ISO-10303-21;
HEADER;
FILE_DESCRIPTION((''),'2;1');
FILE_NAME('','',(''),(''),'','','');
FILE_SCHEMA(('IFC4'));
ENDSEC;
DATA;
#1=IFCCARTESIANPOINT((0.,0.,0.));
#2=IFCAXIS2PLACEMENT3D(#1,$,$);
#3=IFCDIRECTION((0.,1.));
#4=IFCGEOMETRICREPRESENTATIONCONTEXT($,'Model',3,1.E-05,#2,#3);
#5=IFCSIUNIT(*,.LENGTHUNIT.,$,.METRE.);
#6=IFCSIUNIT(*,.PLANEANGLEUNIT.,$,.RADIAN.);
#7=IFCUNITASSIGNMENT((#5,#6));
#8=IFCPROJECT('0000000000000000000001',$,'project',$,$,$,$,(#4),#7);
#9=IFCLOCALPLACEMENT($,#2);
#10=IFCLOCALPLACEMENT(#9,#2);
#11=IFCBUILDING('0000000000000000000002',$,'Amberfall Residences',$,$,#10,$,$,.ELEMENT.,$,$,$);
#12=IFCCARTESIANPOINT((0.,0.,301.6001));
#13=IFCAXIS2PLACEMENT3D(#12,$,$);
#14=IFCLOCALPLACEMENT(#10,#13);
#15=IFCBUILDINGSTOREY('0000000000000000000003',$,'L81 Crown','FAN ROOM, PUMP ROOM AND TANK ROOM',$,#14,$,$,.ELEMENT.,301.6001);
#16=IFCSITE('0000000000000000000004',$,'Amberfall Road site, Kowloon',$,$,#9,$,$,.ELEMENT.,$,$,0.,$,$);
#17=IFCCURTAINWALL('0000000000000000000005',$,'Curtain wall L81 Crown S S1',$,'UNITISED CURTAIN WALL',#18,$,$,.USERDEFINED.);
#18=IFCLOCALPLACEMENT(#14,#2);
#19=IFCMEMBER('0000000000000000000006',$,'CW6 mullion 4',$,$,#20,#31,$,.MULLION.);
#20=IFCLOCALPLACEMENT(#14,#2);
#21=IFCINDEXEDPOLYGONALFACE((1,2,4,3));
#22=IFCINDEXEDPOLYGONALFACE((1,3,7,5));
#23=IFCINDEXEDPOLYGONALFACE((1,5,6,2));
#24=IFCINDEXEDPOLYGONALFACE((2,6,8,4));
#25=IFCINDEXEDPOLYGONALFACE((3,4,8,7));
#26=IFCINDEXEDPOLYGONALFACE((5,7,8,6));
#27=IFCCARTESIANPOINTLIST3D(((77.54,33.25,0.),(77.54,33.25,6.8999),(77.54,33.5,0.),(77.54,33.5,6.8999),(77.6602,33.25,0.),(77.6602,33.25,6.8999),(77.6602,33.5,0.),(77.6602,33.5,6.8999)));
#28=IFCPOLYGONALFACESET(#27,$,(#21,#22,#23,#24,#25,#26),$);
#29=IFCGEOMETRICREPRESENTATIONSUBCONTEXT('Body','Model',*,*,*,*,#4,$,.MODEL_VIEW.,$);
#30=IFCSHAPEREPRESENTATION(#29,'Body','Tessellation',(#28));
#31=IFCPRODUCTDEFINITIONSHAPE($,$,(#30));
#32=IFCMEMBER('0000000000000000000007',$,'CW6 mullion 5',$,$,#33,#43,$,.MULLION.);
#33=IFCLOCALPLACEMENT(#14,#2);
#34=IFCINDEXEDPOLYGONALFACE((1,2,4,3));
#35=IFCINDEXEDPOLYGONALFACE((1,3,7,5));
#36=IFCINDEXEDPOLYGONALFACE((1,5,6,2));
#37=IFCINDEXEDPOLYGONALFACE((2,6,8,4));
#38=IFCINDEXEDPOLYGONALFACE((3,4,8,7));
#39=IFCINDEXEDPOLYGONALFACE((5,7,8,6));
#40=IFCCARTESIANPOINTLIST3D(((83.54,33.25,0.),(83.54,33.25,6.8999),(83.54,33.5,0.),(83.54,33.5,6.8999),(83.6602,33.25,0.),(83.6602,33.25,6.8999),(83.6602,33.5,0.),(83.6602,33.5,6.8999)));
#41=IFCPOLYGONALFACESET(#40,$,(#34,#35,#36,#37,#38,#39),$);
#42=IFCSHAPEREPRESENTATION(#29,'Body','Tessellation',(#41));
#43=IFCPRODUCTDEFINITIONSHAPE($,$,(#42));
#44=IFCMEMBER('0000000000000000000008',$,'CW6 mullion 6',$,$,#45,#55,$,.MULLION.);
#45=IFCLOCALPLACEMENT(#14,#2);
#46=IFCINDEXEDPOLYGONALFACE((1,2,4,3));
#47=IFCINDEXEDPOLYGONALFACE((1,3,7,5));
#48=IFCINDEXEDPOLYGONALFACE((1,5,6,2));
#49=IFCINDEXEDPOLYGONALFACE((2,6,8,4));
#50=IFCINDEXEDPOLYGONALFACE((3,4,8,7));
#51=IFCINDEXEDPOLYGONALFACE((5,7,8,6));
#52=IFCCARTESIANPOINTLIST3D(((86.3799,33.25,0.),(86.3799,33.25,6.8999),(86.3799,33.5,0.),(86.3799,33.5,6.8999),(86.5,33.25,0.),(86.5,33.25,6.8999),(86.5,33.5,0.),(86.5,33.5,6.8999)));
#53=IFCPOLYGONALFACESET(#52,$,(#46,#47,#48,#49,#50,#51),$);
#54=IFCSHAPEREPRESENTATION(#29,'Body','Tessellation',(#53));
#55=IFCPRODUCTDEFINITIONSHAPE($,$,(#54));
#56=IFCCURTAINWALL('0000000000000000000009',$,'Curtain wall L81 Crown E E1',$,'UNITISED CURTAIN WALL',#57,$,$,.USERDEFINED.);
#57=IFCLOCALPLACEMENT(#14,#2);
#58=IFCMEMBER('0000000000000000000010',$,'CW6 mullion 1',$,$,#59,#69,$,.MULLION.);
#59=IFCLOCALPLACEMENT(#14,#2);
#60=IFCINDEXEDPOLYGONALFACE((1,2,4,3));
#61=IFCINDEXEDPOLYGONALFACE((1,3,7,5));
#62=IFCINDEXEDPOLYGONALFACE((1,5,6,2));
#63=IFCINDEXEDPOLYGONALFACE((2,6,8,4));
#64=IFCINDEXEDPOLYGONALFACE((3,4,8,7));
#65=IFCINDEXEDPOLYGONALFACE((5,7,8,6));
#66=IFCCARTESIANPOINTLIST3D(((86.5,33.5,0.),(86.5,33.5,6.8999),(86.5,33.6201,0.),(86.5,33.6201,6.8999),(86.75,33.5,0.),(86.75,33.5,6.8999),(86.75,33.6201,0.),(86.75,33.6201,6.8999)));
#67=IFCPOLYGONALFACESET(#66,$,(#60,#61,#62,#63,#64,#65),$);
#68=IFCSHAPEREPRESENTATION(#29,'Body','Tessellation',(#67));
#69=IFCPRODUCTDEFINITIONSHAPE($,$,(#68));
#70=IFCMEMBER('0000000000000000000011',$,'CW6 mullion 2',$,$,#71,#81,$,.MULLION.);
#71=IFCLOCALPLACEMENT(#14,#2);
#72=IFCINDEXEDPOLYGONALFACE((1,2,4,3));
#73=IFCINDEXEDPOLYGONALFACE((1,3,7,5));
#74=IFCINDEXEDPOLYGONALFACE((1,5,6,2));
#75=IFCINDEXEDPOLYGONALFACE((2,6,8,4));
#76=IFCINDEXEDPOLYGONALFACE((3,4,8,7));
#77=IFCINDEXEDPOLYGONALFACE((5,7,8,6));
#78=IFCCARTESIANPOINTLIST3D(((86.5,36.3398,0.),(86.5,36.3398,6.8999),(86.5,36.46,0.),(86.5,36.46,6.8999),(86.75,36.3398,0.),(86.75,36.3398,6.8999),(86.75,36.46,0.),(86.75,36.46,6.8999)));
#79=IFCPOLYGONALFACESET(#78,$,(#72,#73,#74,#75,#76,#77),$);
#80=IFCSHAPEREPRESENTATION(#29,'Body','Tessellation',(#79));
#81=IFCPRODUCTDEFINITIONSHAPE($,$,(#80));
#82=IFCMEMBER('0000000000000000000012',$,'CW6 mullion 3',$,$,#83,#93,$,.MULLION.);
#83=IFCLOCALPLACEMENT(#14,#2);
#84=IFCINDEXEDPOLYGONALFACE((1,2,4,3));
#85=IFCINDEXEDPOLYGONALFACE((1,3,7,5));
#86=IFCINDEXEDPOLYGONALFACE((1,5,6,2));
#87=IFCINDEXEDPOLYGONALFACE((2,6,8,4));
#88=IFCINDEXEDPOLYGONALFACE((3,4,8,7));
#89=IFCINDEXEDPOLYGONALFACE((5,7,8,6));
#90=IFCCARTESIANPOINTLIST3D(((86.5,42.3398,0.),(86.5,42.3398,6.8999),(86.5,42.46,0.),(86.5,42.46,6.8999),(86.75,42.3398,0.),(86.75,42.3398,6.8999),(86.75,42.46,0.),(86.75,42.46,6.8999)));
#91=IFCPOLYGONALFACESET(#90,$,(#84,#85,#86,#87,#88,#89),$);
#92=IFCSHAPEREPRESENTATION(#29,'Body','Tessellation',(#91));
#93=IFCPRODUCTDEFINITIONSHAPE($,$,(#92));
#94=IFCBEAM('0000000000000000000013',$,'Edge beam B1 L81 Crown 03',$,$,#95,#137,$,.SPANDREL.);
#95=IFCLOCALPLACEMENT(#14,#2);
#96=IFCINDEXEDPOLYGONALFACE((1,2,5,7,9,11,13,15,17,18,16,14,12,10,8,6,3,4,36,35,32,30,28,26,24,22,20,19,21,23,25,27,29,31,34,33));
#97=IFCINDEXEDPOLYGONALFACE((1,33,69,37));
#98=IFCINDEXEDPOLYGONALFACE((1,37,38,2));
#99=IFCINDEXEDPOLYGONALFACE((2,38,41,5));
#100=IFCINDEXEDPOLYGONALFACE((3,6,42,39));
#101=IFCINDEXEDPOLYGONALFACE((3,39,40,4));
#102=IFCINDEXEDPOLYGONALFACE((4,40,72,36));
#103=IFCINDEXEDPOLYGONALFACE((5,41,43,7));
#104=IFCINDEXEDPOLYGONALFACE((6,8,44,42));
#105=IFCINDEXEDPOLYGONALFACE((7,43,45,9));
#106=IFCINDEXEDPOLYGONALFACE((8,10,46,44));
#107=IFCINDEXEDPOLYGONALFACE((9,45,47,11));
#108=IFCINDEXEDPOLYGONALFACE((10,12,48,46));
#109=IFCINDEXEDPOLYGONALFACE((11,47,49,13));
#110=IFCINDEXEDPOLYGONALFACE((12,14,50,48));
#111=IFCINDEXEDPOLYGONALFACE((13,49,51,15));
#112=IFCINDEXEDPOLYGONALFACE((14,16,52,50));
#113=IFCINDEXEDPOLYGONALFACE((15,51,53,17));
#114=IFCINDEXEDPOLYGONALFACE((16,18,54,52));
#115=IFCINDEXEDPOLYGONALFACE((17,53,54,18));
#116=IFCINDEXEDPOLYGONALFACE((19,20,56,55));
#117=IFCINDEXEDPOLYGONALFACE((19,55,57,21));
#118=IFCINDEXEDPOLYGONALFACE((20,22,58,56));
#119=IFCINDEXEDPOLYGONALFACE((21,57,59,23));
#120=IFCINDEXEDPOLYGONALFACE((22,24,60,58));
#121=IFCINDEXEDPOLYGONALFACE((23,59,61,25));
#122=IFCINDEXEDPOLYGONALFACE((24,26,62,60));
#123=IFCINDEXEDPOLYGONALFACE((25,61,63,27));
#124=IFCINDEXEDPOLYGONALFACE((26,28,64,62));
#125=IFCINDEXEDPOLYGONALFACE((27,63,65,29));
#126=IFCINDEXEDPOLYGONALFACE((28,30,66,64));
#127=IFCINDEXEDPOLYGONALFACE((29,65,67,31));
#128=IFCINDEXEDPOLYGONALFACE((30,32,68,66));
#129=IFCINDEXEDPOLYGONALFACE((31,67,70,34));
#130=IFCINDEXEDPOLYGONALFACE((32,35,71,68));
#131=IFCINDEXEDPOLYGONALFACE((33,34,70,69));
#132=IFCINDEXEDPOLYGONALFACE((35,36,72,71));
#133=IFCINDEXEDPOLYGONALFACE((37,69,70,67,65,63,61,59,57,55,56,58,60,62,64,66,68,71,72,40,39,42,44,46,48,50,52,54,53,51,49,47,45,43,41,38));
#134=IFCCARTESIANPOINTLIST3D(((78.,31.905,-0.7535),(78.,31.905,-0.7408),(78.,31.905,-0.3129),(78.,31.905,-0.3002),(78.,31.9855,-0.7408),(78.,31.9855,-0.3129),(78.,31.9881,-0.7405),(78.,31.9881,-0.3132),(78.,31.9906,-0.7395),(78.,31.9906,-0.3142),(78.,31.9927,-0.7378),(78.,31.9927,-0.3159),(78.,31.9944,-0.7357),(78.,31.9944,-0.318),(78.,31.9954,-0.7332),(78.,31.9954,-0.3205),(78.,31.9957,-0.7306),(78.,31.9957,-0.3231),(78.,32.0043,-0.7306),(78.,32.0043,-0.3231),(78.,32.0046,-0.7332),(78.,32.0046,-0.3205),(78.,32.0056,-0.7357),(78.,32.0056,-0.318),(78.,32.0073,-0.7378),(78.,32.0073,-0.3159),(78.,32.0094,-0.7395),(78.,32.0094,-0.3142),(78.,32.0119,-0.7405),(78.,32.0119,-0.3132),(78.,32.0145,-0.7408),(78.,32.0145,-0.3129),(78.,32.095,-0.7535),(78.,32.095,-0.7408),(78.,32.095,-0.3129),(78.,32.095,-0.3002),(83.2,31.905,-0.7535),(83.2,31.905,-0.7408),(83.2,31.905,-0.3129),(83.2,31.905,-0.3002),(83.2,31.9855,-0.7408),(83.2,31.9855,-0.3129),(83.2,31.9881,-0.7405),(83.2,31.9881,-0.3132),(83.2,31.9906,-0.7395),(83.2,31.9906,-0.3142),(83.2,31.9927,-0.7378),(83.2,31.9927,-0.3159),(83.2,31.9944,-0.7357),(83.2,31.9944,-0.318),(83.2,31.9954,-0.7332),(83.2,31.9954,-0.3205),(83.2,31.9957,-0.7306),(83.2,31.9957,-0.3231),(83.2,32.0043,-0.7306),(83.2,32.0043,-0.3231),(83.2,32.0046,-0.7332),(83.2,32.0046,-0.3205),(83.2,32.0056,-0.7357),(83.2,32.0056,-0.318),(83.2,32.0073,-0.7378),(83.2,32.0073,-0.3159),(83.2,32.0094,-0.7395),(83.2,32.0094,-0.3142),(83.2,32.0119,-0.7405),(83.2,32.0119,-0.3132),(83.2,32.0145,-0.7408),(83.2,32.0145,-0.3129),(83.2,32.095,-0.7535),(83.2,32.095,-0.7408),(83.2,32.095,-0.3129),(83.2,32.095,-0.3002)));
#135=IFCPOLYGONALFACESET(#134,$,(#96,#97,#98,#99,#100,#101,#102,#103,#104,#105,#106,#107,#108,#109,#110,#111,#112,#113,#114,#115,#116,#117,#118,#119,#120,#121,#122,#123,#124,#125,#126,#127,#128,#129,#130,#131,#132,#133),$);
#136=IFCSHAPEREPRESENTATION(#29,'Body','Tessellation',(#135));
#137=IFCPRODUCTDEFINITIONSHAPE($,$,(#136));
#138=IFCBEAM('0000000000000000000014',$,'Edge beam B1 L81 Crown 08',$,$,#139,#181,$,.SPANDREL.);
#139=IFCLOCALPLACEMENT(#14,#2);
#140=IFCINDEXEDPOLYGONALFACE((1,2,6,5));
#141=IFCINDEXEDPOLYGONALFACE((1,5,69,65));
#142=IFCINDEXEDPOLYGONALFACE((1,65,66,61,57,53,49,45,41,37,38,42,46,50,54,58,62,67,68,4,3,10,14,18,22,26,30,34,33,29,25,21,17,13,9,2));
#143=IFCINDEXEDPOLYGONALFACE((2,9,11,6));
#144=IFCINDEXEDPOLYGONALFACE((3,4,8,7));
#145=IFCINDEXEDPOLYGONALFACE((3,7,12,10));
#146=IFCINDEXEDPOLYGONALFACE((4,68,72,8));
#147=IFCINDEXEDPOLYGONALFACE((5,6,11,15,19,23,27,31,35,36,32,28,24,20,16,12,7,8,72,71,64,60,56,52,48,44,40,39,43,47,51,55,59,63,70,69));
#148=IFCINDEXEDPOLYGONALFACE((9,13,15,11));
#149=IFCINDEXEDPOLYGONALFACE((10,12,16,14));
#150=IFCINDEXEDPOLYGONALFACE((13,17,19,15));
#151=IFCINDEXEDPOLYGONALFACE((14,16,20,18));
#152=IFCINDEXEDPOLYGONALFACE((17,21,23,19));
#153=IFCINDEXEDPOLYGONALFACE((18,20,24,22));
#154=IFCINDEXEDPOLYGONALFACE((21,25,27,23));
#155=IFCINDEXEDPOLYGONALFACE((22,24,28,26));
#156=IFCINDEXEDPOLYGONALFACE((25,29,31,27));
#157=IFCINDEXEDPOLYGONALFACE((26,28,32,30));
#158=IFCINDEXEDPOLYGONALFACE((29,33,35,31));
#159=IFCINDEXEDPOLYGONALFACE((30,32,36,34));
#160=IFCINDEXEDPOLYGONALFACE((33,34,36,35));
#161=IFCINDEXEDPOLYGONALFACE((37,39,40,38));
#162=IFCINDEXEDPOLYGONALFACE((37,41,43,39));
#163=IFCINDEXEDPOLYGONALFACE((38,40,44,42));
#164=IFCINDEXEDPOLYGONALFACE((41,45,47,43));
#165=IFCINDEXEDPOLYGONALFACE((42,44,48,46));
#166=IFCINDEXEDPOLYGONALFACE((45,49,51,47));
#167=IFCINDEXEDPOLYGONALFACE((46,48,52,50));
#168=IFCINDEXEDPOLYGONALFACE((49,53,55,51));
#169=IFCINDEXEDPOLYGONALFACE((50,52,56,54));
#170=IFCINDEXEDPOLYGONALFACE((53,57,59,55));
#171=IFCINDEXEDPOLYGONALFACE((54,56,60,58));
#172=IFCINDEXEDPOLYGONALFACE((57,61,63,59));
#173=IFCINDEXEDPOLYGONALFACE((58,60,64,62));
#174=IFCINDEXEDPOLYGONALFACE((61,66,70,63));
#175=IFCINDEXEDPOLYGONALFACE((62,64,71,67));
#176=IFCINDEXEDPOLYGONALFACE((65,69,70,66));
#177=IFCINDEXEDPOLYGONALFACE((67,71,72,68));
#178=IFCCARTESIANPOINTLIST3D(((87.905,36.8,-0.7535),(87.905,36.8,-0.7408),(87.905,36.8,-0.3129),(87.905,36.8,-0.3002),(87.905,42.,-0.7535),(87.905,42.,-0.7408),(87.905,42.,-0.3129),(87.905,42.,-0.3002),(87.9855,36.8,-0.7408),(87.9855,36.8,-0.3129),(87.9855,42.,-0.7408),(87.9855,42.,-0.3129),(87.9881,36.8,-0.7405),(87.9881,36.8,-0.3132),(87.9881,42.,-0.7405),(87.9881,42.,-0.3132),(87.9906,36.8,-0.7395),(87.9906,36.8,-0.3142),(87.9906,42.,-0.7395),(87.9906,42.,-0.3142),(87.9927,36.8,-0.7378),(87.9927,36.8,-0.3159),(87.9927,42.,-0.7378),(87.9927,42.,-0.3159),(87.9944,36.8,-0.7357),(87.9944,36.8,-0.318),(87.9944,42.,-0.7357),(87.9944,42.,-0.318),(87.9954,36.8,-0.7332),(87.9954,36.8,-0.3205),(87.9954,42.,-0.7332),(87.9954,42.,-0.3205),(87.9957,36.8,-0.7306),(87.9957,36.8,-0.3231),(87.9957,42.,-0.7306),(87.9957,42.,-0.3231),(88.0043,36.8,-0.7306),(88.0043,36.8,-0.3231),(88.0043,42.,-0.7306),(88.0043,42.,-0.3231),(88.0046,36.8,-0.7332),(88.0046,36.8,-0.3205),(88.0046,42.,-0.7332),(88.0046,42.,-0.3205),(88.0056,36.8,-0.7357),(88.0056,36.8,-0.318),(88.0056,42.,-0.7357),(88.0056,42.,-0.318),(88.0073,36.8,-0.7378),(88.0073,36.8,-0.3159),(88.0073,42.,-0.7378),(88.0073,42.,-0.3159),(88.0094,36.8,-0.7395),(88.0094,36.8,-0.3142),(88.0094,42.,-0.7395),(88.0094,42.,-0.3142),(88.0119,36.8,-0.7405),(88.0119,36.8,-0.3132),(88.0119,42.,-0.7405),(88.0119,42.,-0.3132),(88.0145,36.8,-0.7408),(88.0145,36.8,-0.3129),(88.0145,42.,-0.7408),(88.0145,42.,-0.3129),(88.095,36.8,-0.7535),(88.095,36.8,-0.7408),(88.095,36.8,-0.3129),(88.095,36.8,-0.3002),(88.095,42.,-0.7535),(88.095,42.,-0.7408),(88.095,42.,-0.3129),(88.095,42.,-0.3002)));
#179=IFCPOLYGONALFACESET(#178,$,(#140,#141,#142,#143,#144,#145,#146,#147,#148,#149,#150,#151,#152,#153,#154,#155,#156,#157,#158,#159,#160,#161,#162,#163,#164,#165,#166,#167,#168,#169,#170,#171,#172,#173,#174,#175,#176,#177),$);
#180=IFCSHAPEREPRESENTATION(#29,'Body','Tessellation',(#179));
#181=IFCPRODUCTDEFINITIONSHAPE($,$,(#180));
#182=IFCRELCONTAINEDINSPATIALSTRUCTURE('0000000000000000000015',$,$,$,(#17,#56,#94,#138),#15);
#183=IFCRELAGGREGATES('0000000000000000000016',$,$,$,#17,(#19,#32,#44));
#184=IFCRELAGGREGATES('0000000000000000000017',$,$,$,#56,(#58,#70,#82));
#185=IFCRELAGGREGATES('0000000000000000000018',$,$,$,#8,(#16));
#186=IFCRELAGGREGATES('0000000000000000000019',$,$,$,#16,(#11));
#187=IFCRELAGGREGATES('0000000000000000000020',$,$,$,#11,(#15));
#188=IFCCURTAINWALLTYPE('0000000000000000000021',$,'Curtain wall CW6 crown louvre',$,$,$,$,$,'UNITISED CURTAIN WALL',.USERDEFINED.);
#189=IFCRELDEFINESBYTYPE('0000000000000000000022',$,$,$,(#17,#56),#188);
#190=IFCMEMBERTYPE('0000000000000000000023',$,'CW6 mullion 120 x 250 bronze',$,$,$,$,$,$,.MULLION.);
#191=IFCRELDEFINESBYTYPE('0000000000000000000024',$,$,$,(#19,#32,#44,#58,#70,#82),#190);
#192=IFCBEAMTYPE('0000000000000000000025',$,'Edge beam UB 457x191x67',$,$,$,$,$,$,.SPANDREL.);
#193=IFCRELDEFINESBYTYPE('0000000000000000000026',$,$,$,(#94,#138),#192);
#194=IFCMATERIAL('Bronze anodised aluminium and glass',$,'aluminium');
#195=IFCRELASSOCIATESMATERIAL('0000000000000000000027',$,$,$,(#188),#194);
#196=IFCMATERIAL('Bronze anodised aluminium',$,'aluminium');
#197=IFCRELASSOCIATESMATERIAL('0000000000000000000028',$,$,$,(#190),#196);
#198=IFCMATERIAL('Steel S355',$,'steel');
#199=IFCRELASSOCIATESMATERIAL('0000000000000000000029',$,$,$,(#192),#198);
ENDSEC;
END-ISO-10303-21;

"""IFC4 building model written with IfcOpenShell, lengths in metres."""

from ifc_helpers import new_model, si_unit, direction, frame, origin, origin_2d, place, context, subcontext, project, spatial, rectangle, i_section, extrude, material, material_profile, profile_set, type_object, element, aggregate, save


model = new_model("IFC4")

# Units and contexts
model_context = context("Model", 3, precision=1e-05, world=origin(), true_north=direction((0.0, 1.0)))
body_context = subcontext(model_context, "Body", "Model", "MODEL_VIEW")
ifc_project = project(units=[si_unit("LENGTHUNIT", "METRE"), si_unit("PLANEANGLEUNIT", "RADIAN")], contexts=[model_context])

# Site, building, storey
site_placement = place(None, origin())
site = spatial("IfcSite", under=ifc_project, at=site_placement, Name="Amberfall Road site, Kowloon", CompositionType="ELEMENT", RefElevation=0.0)
building_placement = place(site_placement, origin())
building = spatial("IfcBuilding", under=site, at=building_placement, Name="Amberfall Residences", CompositionType="ELEMENT")
storey_placement = place(building_placement, frame((0.0, 0.0, 301.6001)))
storey = spatial("IfcBuildingStorey", under=building, at=storey_placement, Name="L81 Crown", Description="FAN ROOM, PUMP ROOM AND TANK ROOM", CompositionType="ELEMENT", Elevation=301.6001)

# Curtain walls, members
ifc_material_1 = material(Name="Bronze anodised aluminium and glass", Category="aluminium")
curtain_wall_type = type_object("IfcCurtainWallType", Name="Curtain wall CW6 crown louvre", ElementType="UNITISED CURTAIN WALL", PredefinedType="USERDEFINED", material=ifc_material_1)
curtain_wall_1_placement = place(storey_placement, origin())
curtain_wall_1 = element("IfcCurtainWall", 1, at=curtain_wall_1_placement, inside=storey, type_object=curtain_wall_type, Name="Curtain wall L81 Crown S S1", ObjectType="UNITISED CURTAIN WALL", PredefinedType="USERDEFINED")
ifc_material_2 = material(Name="Bronze anodised aluminium", Category="aluminium")
ifc_material_profile_1 = material_profile(ifc_material_2, rectangle(XDim=0.25, YDim=0.1201, at=origin_2d()), Name="CW6 mullion 120 x 250 bronze")
ifc_profile_set_1 = profile_set([ifc_material_profile_1], Name="Bronze anodised aluminium")
member_type = type_object("IfcMemberType", Name="CW6 mullion 120 x 250 bronze", PredefinedType="MULLION", material=ifc_profile_set_1)
member_1_placement = place(storey_placement, frame((77.6001, 33.375, 0.0), z_axis=(0.0, 0.0, 1.0), x_axis=(0.0, 1.0, 0.0)))
member_1 = element("IfcMember", 2, at=member_1_placement, type_object=member_type, Name="CW6 mullion 4", PredefinedType="MULLION", context=body_context, shape_type="SweptSolid", body=[
    extrude(rectangle(XDim=0.25, YDim=0.1201, at=origin_2d()), origin(), (0.0, 0.0, 1.0), 6.8999),
])
member_2_placement = place(storey_placement, frame((83.6001, 33.375, 0.0), z_axis=(0.0, 0.0, 1.0), x_axis=(0.0, 1.0, 0.0)))
member_2 = element("IfcMember", 3, at=member_2_placement, type_object=member_type, Name="CW6 mullion 5", PredefinedType="MULLION", context=body_context, shape_type="SweptSolid", body=[
    extrude(rectangle(XDim=0.25, YDim=0.1201, at=origin_2d()), origin(), (0.0, 0.0, 1.0), 6.8999),
])
member_3_placement = place(storey_placement, frame((86.4399, 33.375, 0.0), z_axis=(0.0, 0.0, 1.0), x_axis=(0.0, 1.0, 0.0)))
member_3 = element("IfcMember", 4, at=member_3_placement, type_object=member_type, Name="CW6 mullion 6", PredefinedType="MULLION", context=body_context, shape_type="SweptSolid", body=[
    extrude(rectangle(XDim=0.25, YDim=0.1201, at=origin_2d()), origin(), (0.0, 0.0, 1.0), 6.8999),
])
curtain_wall_2_placement = place(storey_placement, origin())
curtain_wall_2 = element("IfcCurtainWall", 5, at=curtain_wall_2_placement, inside=storey, type_object=curtain_wall_type, Name="Curtain wall L81 Crown E E1", ObjectType="UNITISED CURTAIN WALL", PredefinedType="USERDEFINED")
member_4_placement = place(storey_placement, frame((86.625, 33.5601, 0.0), z_axis=(0.0, 0.0, 1.0), x_axis=(-1.0, 0.0, 0.0)))
member_4 = element("IfcMember", 6, at=member_4_placement, type_object=member_type, Name="CW6 mullion 1", PredefinedType="MULLION", context=body_context, shape_type="SweptSolid", body=[
    extrude(rectangle(XDim=0.25, YDim=0.1201, at=origin_2d()), origin(), (0.0, 0.0, 1.0), 6.8999),
])
member_5_placement = place(storey_placement, frame((86.625, 36.3999, 0.0), z_axis=(0.0, 0.0, 1.0), x_axis=(-1.0, 0.0, 0.0)))
member_5 = element("IfcMember", 7, at=member_5_placement, type_object=member_type, Name="CW6 mullion 2", PredefinedType="MULLION", context=body_context, shape_type="SweptSolid", body=[
    extrude(rectangle(XDim=0.25, YDim=0.1201, at=origin_2d()), origin(), (0.0, 0.0, 1.0), 6.8999),
])
member_6_placement = place(storey_placement, frame((86.625, 42.3999, 0.0), z_axis=(0.0, 0.0, 1.0), x_axis=(-1.0, 0.0, 0.0)))
member_6 = element("IfcMember", 8, at=member_6_placement, type_object=member_type, Name="CW6 mullion 3", PredefinedType="MULLION", context=body_context, shape_type="SweptSolid", body=[
    extrude(rectangle(XDim=0.25, YDim=0.1201, at=origin_2d()), origin(), (0.0, 0.0, 1.0), 6.8999),
])

# Beams
ifc_material_3 = material(Name="Steel S355", Category="steel")
ifc_material_profile_2 = material_profile(ifc_material_3, i_section(OverallWidth=0.1899, OverallDepth=0.4534, WebThickness=0.0085, FlangeThickness=0.0127, FilletRadius=0.0103, at=origin_2d()), Name="UB 457x191x67")
ifc_profile_set_2 = profile_set([ifc_material_profile_2], Name="Steel S355")
beam_type_1 = type_object("IfcBeamType", Name="Edge beam UB 457x191x67", PredefinedType="SPANDREL", material=ifc_profile_set_2)
for number, where, z_axis, x_axis, name in (
    (9, (78.0, 32.0, -0.5269), (1.0, 0.0, 0.0), (0.0, 1.0, 0.0), "Edge beam B1 L81 Crown 03"),
    (10, (88.0, 36.8, -0.5269), (0.0, 1.0, 0.0), (-1.0, 0.0, 0.0), "Edge beam B1 L81 Crown 08"),
):
    element("IfcBeam", number, at=place(storey_placement, frame(where, z_axis=z_axis, x_axis=x_axis)), inside=storey, type_object=beam_type_1, Name=name, PredefinedType="SPANDREL", context=body_context, shape_type="SweptSolid", body=[
        extrude(i_section(OverallWidth=0.1899, OverallDepth=0.4534, WebThickness=0.0085, FlangeThickness=0.0127, FilletRadius=0.0103, at=origin_2d()), origin(), (0.0, 0.0, 1.0), 5.2),
    ])

aggregate(curtain_wall_1, [member_1, member_2, member_3])
aggregate(curtain_wall_2, [member_4, member_5, member_6])

save(model, "model.ifc")
